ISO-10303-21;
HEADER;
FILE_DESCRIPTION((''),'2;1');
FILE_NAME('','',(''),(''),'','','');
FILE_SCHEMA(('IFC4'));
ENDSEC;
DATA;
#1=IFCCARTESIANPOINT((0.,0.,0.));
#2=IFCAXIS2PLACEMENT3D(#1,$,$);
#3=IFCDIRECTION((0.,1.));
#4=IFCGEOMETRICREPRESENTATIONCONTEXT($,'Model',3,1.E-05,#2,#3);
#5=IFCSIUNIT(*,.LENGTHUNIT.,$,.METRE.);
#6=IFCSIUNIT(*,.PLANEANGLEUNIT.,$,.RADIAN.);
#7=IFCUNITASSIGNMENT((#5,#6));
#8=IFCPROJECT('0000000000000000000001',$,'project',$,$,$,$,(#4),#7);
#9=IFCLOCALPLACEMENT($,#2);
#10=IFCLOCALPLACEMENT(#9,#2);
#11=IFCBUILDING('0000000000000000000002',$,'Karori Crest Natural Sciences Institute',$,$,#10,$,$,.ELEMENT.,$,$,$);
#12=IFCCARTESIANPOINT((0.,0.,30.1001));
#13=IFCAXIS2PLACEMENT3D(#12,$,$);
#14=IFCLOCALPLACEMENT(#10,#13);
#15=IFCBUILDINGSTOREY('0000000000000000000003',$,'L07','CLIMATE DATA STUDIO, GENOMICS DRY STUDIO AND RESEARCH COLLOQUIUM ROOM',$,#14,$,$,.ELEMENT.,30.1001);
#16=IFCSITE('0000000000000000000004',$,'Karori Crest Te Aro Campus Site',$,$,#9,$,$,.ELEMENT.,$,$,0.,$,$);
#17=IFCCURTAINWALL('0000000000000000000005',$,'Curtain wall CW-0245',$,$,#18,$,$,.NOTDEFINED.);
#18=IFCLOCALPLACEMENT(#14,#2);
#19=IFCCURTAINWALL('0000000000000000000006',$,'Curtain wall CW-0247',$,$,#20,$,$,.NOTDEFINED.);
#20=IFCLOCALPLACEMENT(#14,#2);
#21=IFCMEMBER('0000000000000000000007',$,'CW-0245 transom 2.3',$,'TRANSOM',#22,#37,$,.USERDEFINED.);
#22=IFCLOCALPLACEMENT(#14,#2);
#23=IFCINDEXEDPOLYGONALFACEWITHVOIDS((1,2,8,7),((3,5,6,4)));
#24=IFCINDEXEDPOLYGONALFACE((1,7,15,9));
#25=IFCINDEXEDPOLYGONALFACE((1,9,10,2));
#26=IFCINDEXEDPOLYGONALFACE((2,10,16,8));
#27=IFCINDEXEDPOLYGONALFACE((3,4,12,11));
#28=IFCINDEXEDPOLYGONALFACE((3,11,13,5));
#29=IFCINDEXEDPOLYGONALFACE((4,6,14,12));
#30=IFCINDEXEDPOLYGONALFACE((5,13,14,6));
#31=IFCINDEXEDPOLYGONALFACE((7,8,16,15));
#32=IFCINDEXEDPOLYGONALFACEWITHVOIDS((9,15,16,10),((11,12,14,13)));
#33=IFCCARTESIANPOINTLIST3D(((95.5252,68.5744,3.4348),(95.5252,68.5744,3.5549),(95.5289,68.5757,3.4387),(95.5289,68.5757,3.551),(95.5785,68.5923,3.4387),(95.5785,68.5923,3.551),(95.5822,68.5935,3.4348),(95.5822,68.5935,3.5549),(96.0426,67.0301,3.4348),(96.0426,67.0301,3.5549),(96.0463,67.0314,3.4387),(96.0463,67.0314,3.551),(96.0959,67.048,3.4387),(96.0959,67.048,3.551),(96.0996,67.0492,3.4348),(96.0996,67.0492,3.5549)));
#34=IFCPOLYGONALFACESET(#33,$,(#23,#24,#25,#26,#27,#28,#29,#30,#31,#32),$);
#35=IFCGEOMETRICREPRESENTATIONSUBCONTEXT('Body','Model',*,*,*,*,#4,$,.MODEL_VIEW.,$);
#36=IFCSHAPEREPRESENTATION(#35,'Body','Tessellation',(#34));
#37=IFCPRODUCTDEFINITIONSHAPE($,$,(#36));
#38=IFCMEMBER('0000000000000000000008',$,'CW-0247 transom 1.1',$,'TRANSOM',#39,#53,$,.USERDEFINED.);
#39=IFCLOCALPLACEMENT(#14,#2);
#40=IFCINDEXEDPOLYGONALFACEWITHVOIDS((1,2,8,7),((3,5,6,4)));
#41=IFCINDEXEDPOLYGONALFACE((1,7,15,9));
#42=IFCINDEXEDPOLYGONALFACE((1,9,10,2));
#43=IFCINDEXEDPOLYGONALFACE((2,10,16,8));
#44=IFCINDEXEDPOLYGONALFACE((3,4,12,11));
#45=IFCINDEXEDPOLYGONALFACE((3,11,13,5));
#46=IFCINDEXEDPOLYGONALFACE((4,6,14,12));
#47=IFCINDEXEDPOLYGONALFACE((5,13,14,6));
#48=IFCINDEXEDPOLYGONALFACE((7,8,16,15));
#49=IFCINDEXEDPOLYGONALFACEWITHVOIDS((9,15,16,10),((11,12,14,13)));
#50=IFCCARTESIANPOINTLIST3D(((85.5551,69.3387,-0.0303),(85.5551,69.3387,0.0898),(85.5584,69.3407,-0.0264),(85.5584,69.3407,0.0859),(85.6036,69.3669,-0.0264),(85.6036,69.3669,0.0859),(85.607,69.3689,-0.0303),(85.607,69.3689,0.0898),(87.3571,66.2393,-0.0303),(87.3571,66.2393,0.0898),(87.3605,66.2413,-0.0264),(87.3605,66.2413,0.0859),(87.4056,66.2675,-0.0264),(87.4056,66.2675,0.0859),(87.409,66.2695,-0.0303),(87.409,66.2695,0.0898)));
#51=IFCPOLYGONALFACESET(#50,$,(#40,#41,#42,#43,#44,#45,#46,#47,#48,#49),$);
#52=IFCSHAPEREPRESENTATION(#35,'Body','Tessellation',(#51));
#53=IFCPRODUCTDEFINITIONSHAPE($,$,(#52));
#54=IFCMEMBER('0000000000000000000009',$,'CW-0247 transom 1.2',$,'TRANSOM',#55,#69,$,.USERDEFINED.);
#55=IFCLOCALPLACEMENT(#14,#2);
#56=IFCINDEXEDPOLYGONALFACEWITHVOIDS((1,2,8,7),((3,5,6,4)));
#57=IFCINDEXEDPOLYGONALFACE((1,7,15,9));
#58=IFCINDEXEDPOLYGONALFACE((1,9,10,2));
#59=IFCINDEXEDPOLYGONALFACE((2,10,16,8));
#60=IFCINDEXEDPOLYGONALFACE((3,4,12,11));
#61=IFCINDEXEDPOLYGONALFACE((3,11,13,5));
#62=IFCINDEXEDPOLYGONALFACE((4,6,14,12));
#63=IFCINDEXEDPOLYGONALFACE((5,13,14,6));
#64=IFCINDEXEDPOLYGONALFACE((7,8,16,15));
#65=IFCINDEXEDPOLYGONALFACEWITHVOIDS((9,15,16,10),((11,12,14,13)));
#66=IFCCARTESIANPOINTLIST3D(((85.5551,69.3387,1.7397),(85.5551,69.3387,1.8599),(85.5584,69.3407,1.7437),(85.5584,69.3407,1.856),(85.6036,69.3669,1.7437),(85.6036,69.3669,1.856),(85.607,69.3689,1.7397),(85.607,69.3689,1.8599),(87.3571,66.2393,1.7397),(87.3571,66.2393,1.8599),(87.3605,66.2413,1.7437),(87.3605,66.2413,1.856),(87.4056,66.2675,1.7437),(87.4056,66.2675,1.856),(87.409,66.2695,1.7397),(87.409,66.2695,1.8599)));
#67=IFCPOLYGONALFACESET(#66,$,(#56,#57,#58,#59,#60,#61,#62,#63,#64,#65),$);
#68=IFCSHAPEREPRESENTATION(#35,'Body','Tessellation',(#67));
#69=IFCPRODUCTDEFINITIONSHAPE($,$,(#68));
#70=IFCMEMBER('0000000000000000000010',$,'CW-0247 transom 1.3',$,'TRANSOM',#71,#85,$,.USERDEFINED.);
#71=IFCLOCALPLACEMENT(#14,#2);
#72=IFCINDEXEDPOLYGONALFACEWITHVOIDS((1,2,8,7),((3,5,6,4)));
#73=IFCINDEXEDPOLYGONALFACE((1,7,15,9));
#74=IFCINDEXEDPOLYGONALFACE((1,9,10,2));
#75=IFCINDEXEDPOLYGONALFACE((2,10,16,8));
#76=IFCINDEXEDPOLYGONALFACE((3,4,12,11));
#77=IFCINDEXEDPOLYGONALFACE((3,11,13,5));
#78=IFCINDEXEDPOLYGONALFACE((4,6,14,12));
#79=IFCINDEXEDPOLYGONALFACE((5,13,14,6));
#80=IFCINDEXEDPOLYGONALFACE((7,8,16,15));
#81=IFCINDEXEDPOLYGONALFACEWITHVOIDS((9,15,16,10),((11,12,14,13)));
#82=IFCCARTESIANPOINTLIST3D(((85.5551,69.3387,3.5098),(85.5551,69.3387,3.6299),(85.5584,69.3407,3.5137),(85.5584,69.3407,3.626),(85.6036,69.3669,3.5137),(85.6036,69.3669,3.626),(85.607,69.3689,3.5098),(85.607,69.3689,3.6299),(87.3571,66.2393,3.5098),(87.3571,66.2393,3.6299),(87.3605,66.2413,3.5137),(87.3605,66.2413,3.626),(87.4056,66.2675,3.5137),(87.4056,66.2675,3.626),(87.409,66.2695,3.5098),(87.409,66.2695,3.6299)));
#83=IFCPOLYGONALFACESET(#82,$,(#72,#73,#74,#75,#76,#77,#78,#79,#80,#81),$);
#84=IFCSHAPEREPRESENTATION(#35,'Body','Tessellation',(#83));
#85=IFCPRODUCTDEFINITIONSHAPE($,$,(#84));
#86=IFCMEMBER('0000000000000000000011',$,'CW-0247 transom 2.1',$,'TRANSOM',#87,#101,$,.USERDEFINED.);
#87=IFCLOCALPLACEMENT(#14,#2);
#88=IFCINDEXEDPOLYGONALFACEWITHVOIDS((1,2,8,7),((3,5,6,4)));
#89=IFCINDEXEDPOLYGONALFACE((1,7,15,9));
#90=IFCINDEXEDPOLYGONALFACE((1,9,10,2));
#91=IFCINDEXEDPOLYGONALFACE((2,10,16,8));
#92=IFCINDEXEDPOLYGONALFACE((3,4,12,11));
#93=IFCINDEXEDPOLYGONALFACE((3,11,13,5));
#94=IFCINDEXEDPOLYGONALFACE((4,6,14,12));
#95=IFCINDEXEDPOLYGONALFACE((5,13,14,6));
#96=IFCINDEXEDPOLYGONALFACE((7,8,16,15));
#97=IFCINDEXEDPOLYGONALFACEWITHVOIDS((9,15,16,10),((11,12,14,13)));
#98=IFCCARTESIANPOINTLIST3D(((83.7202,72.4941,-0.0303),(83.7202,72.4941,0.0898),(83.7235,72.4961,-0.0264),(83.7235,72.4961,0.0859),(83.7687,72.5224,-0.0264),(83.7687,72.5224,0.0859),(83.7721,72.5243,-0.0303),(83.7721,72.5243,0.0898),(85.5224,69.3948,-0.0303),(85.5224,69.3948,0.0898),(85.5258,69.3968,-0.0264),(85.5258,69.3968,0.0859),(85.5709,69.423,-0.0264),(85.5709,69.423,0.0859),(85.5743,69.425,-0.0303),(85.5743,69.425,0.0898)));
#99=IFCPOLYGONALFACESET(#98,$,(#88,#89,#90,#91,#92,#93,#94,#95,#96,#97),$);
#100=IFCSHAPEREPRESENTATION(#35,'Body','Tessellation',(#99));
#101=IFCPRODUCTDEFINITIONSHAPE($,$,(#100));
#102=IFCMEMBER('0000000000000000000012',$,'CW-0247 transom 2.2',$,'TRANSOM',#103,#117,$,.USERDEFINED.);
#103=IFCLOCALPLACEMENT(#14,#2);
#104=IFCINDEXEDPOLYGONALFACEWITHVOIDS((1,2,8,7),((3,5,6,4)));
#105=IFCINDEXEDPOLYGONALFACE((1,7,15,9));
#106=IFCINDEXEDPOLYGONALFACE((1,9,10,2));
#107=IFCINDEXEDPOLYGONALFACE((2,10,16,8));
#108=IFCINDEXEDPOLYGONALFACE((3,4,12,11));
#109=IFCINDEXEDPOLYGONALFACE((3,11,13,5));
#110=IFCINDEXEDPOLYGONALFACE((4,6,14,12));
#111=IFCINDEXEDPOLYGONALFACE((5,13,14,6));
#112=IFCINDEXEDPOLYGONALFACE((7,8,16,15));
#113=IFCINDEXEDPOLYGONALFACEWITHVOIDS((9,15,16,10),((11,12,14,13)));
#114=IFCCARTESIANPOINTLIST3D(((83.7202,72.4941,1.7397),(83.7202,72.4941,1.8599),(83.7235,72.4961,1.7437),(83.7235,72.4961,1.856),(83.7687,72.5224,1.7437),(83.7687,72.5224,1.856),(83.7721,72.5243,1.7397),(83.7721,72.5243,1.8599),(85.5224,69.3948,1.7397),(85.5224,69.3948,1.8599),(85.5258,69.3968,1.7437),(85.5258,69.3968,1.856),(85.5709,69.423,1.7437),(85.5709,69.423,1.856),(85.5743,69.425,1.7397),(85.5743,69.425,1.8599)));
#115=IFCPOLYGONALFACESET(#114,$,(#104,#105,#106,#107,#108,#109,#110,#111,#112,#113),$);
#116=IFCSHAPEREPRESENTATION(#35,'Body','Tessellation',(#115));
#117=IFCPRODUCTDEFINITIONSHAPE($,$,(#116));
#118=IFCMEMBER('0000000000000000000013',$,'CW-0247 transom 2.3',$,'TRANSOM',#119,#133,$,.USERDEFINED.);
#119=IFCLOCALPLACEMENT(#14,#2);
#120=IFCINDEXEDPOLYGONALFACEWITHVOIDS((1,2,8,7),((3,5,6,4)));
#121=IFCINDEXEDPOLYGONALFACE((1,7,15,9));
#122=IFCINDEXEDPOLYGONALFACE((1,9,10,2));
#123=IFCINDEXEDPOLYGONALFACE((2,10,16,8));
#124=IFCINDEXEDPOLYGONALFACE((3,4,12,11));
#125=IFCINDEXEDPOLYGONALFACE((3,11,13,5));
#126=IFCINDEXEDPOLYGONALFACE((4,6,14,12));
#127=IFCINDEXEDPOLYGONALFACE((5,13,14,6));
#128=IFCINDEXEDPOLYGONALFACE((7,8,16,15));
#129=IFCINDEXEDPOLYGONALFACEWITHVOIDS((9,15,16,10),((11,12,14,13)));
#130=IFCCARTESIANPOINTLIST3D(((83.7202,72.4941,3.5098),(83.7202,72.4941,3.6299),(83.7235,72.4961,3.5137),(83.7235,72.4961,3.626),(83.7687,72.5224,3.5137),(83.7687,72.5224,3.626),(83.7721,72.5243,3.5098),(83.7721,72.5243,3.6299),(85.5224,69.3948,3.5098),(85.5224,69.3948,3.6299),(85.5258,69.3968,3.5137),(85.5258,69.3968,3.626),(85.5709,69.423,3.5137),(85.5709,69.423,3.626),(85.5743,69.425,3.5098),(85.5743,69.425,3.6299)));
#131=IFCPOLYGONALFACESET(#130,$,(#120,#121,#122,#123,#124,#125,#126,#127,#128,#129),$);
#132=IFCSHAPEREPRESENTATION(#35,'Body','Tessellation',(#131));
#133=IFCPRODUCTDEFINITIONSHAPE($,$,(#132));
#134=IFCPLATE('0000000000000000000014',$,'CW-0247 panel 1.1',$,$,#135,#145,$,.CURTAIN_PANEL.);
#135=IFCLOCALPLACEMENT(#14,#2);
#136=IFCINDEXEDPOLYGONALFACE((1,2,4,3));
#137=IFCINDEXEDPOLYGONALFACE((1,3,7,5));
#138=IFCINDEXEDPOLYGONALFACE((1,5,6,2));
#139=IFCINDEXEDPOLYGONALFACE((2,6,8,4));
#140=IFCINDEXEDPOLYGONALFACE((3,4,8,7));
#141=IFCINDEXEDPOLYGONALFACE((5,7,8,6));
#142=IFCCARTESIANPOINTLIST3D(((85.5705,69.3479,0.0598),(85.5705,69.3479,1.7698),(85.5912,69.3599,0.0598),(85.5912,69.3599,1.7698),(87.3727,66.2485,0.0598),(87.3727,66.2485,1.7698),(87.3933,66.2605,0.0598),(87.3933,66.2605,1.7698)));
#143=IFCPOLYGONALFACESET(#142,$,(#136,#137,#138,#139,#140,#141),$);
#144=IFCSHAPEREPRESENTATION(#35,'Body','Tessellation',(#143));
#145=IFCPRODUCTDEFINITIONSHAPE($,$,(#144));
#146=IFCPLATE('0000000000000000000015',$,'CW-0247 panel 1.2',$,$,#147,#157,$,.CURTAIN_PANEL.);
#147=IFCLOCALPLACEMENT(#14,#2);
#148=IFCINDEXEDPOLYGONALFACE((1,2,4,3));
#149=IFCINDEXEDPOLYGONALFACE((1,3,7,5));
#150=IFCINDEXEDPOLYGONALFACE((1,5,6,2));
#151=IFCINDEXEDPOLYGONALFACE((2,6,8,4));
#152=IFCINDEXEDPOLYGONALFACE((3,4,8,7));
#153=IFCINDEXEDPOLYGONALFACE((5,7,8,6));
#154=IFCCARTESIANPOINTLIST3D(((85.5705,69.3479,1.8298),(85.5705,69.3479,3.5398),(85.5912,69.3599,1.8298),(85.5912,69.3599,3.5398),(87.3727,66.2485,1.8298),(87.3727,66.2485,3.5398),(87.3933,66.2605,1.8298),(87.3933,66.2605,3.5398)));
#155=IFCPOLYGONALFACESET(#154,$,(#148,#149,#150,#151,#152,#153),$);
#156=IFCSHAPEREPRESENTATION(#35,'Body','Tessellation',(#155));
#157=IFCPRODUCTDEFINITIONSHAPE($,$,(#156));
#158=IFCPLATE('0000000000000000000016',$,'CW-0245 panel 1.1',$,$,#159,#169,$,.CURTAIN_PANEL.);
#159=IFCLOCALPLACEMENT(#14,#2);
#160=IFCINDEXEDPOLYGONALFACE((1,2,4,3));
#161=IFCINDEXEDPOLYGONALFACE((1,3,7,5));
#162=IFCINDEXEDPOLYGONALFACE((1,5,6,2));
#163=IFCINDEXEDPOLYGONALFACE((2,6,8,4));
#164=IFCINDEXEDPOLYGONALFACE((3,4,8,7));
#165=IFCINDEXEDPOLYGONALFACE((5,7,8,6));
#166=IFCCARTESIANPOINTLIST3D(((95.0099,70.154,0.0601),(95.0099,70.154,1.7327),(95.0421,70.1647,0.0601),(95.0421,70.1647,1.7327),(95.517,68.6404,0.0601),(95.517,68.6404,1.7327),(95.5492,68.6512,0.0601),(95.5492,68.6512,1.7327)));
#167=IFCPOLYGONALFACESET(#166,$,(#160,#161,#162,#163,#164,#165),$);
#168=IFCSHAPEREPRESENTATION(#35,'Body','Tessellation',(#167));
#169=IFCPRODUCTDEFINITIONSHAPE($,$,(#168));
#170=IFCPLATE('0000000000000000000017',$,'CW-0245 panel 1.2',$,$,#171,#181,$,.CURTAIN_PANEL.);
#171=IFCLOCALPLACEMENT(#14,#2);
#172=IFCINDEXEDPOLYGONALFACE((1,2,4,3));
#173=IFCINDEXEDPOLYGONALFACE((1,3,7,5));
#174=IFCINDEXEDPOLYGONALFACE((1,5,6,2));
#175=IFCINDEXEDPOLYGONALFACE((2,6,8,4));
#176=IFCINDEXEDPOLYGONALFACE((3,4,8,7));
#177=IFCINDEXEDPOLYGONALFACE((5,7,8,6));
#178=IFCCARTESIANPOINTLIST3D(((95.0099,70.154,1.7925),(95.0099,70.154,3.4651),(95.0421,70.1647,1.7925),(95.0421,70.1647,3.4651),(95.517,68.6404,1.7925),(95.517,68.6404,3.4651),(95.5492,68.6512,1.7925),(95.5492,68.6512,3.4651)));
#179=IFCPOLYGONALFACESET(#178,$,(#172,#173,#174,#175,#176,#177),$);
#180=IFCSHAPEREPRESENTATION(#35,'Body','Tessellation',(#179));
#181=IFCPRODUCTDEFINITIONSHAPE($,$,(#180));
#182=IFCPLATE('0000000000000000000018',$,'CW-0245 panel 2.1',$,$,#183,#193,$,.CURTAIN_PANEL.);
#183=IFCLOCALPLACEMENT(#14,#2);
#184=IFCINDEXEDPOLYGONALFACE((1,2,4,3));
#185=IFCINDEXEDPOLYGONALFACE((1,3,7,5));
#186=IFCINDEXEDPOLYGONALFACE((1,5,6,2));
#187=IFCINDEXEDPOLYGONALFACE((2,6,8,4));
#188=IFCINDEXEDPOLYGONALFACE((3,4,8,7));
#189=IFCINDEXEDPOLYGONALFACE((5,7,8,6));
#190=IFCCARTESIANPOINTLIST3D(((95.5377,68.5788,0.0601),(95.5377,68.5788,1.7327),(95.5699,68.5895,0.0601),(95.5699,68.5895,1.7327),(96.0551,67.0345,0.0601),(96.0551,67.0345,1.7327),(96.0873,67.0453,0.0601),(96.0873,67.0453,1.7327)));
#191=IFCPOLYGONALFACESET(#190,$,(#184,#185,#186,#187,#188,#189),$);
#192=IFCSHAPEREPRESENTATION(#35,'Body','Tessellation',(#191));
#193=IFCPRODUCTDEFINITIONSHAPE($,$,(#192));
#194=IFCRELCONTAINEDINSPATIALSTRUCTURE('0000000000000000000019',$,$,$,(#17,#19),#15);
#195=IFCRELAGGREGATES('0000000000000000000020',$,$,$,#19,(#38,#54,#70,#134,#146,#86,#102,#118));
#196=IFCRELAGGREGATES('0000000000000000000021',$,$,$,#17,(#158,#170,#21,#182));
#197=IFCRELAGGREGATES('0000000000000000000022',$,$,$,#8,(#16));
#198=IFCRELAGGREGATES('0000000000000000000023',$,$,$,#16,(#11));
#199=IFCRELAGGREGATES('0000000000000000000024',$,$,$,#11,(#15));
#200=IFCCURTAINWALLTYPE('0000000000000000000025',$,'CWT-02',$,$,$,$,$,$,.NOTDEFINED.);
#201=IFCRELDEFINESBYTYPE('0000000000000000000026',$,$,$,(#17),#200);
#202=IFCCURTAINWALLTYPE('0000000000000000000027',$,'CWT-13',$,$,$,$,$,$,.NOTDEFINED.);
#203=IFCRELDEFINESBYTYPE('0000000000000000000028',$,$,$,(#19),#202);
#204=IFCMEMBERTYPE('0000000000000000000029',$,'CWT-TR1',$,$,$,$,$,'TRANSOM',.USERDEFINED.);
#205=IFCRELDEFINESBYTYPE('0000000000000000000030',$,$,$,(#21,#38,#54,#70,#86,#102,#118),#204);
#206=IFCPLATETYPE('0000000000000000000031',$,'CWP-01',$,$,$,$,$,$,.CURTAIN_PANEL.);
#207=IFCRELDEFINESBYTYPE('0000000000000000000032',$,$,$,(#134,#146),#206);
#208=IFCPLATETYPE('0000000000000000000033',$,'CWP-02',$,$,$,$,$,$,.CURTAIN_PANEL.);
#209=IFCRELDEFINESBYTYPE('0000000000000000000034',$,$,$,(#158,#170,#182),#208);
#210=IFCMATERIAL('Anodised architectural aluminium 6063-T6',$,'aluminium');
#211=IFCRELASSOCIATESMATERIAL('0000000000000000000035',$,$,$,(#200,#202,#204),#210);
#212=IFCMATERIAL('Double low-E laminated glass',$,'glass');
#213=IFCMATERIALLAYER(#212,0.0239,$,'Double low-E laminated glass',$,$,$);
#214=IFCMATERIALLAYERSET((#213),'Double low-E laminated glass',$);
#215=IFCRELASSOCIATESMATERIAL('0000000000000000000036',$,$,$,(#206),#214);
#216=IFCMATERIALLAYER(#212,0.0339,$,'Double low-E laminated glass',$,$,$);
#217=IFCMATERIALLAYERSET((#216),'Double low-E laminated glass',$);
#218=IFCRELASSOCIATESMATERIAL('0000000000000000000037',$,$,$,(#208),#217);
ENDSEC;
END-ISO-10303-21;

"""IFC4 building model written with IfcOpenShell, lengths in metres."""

from ifc_helpers import new_model, si_unit, direction, frame, origin, origin_2d, place, context, subcontext, project, spatial, rectangle, hollow_rectangle, extrude, material, layer, layer_set, material_profile, profile_set, type_object, element, aggregate, save


model = new_model("IFC4")

# Units and contexts
model_context = context("Model", 3, precision=1e-05, world=origin(), true_north=direction((0.0, 1.0)))
body_context = subcontext(model_context, "Body", "Model", "MODEL_VIEW")
ifc_project = project(units=[si_unit("LENGTHUNIT", "METRE"), si_unit("PLANEANGLEUNIT", "RADIAN")], contexts=[model_context])

# Site, building, storey
site_placement = place(None, origin())
site = spatial("IfcSite", under=ifc_project, at=site_placement, Name="Karori Crest Te Aro Campus Site", CompositionType="ELEMENT", RefElevation=0.0)
building_placement = place(site_placement, origin())
building = spatial("IfcBuilding", under=site, at=building_placement, Name="Karori Crest Natural Sciences Institute", CompositionType="ELEMENT")
storey_placement = place(building_placement, frame((0.0, 0.0, 30.1001)))
storey = spatial("IfcBuildingStorey", under=building, at=storey_placement, Name="L07", Description="CLIMATE DATA STUDIO, GENOMICS DRY STUDIO AND RESEARCH COLLOQUIUM ROOM", CompositionType="ELEMENT", Elevation=30.1001)

# Curtain wall
ifc_material_1 = material(Name="Anodised architectural aluminium 6063-T6", Category="aluminium")
curtain_wall_type_1 = type_object("IfcCurtainWallType", Name="CWT-02", PredefinedType="NOTDEFINED", material=ifc_material_1)
curtain_wall_1_placement = place(storey_placement, origin())
curtain_wall_1 = element("IfcCurtainWall", 1, at=curtain_wall_1_placement, inside=storey, type_object=curtain_wall_type_1, Name="Curtain wall CW-0245", PredefinedType="NOTDEFINED")

# Curtain wall
curtain_wall_type_2 = type_object("IfcCurtainWallType", Name="CWT-13", PredefinedType="NOTDEFINED", material=ifc_material_1)
curtain_wall_2_placement = place(storey_placement, origin())
curtain_wall_2 = element("IfcCurtainWall", 2, at=curtain_wall_2_placement, inside=storey, type_object=curtain_wall_type_2, Name="Curtain wall CW-0247", PredefinedType="NOTDEFINED")

# Members
ifc_material_profile_1 = material_profile(ifc_material_1, hollow_rectangle(XDim=0.0601, YDim=0.1201, WallThickness=0.0039, at=origin_2d()), Name="CWT120x60x4")
ifc_profile_set_1 = profile_set([ifc_material_profile_1], Name="Anodised architectural aluminium 6063-T6")
member_type_1 = type_object("IfcMemberType", Name="CWT-TR1", ElementType="TRANSOM", PredefinedType="USERDEFINED", material=ifc_profile_set_1)
member_1_placement = place(storey_placement, frame((95.5537, 68.584, 3.4949), z_axis=(0.317667, -0.948202, 0.0), x_axis=(0.948202, 0.317667, 0.0)))
member_1 = element("IfcMember", 3, at=member_1_placement, type_object=member_type_1, Name="CW-0245 transom 2.3", ObjectType="TRANSOM", PredefinedType="USERDEFINED", context=body_context, shape_type="SweptSolid", body=[
    extrude(hollow_rectangle(XDim=0.0601, YDim=0.1201, WallThickness=0.0039, at=origin_2d()), origin(), (0.0, 0.0, 1.0), 1.6287),
])
member_2_placement = place(storey_placement, frame((87.3831, 66.2544, 0.0298), z_axis=(-0.50263, 0.864502, 0.0), x_axis=(-0.864502, -0.50263, 0.0)))
member_2 = element("IfcMember", 4, at=member_2_placement, type_object=member_type_1, Name="CW-0247 transom 1.1", ObjectType="TRANSOM", PredefinedType="USERDEFINED", context=body_context, shape_type="SweptSolid", body=[
    extrude(hollow_rectangle(XDim=0.0601, YDim=0.1201, WallThickness=0.0039, at=origin_2d()), origin(), (0.0, 0.0, 1.0), 3.5852),
])
member_3_placement = place(storey_placement, frame((87.3831, 66.2544, 1.7998), z_axis=(-0.50263, 0.864502, 0.0), x_axis=(-0.864502, -0.50263, 0.0)))
member_3 = element("IfcMember", 5, at=member_3_placement, type_object=member_type_1, Name="CW-0247 transom 1.2", ObjectType="TRANSOM", PredefinedType="USERDEFINED", context=body_context, shape_type="SweptSolid", body=[
    extrude(hollow_rectangle(XDim=0.0601, YDim=0.1201, WallThickness=0.0039, at=origin_2d()), origin(), (0.0, 0.0, 1.0), 3.5852),
])
member_4_placement = place(storey_placement, frame((87.3831, 66.2544, 3.5698), z_axis=(-0.50263, 0.864502, 0.0), x_axis=(-0.864502, -0.50263, 0.0)))
member_4 = element("IfcMember", 6, at=member_4_placement, type_object=member_type_1, Name="CW-0247 transom 1.3", ObjectType="TRANSOM", PredefinedType="USERDEFINED", context=body_context, shape_type="SweptSolid", body=[
    extrude(hollow_rectangle(XDim=0.0601, YDim=0.1201, WallThickness=0.0039, at=origin_2d()), origin(), (0.0, 0.0, 1.0), 3.5852),
])
member_5_placement = place(storey_placement, frame((85.5483, 69.4099, 0.0298), z_axis=(-0.502681, 0.864472, 0.0), x_axis=(-0.864472, -0.502681, 0.0)))
member_5 = element("IfcMember", 7, at=member_5_placement, type_object=member_type_1, Name="CW-0247 transom 2.1", ObjectType="TRANSOM", PredefinedType="USERDEFINED", context=body_context, shape_type="SweptSolid", body=[
    extrude(hollow_rectangle(XDim=0.0601, YDim=0.1201, WallThickness=0.0039, at=origin_2d()), origin(), (0.0, 0.0, 1.0), 3.5852),
])
member_6_placement = place(storey_placement, frame((85.5483, 69.4099, 1.7998), z_axis=(-0.502681, 0.864472, 0.0), x_axis=(-0.864472, -0.502681, 0.0)))
member_6 = element("IfcMember", 8, at=member_6_placement, type_object=member_type_1, Name="CW-0247 transom 2.2", ObjectType="TRANSOM", PredefinedType="USERDEFINED", context=body_context, shape_type="SweptSolid", body=[
    extrude(hollow_rectangle(XDim=0.0601, YDim=0.1201, WallThickness=0.0039, at=origin_2d()), origin(), (0.0, 0.0, 1.0), 3.5852),
])
member_7_placement = place(storey_placement, frame((85.5483, 69.4099, 3.5698), z_axis=(-0.502681, 0.864472, 0.0), x_axis=(-0.864472, -0.502681, 0.0)))
member_7 = element("IfcMember", 9, at=member_7_placement, type_object=member_type_1, Name="CW-0247 transom 2.3", ObjectType="TRANSOM", PredefinedType="USERDEFINED", context=body_context, shape_type="SweptSolid", body=[
    extrude(hollow_rectangle(XDim=0.0601, YDim=0.1201, WallThickness=0.0039, at=origin_2d()), origin(), (0.0, 0.0, 1.0), 3.5852),
])

# Plates
ifc_material_2 = material(Name="Double low-E laminated glass", Category="glass")
ifc_layer_1 = layer(ifc_material_2, 0.0239, Name="Double low-E laminated glass")
ifc_layer_set_1 = layer_set([ifc_layer_1], Name="Double low-E laminated glass")
plate_type_1 = type_object("IfcPlateType", Name="CWP-01", PredefinedType="CURTAIN_PANEL", material=ifc_layer_set_1)
plate_1_placement = place(storey_placement, frame((86.4819, 67.8042, 0.0598), z_axis=(0.0, 0.0, 1.0), x_axis=(-0.502655, 0.864487, 0.0)))
plate_1 = element("IfcPlate", 10, at=plate_1_placement, type_object=plate_type_1, Name="CW-0247 panel 1.1", PredefinedType="CURTAIN_PANEL", context=body_context, shape_type="SweptSolid", body=[
    extrude(rectangle(XDim=3.5852, YDim=0.0239, at=origin_2d()), origin(), (0.0, 0.0, 1.0), 1.71),
])
plate_2_placement = place(storey_placement, frame((86.4819, 67.8042, 1.8298), z_axis=(0.0, 0.0, 1.0), x_axis=(-0.502655, 0.864487, 0.0)))
plate_2 = element("IfcPlate", 11, at=plate_2_placement, type_object=plate_type_1, Name="CW-0247 panel 1.2", PredefinedType="CURTAIN_PANEL", context=body_context, shape_type="SweptSolid", body=[
    extrude(rectangle(XDim=3.5852, YDim=0.0239, at=origin_2d()), origin(), (0.0, 0.0, 1.0), 1.71),
])
aggregate(curtain_wall_2, [member_2, member_3, member_4, plate_1, plate_2, member_5, member_6, member_7])
ifc_layer_2 = layer(ifc_material_2, 0.0339, Name="Double low-E laminated glass")
ifc_layer_set_2 = layer_set([ifc_layer_2], Name="Double low-E laminated glass")
plate_type_2 = type_object("IfcPlateType", Name="CWP-02", PredefinedType="CURTAIN_PANEL", material=ifc_layer_set_2)
plate_3_placement = place(storey_placement, frame((95.2795, 69.4026, 0.0601), z_axis=(0.0, 0.0, 1.0), x_axis=(0.31768, -0.948198, 0.0)))
plate_3 = element("IfcPlate", 12, at=plate_3_placement, type_object=plate_type_2, Name="CW-0245 panel 1.1", PredefinedType="CURTAIN_PANEL", context=body_context, shape_type="SweptSolid", body=[
    extrude(rectangle(XDim=1.5962, YDim=0.0339, at=origin_2d()), origin(), (0.0, 0.0, 1.0), 1.6726),
])
plate_4_placement = place(storey_placement, frame((95.2795, 69.4026, 1.7925), z_axis=(0.0, 0.0, 1.0), x_axis=(0.31768, -0.948198, 0.0)))
plate_4 = element("IfcPlate", 13, at=plate_4_placement, type_object=plate_type_2, Name="CW-0245 panel 1.2", PredefinedType="CURTAIN_PANEL", context=body_context, shape_type="SweptSolid", body=[
    extrude(rectangle(XDim=1.5962, YDim=0.0339, at=origin_2d()), origin(), (0.0, 0.0, 1.0), 1.6726),
])
plate_5_placement = place(storey_placement, frame((95.8125, 67.812, 0.0601), z_axis=(0.0, 0.0, 1.0), x_axis=(0.31768, -0.948198, 0.0)))
plate_5 = element("IfcPlate", 14, at=plate_5_placement, type_object=plate_type_2, Name="CW-0245 panel 2.1", PredefinedType="CURTAIN_PANEL", context=body_context, shape_type="SweptSolid", body=[
    extrude(rectangle(XDim=1.6287, YDim=0.0339, at=origin_2d()), origin(), (0.0, 0.0, 1.0), 1.6726),
])
aggregate(curtain_wall_1, [plate_3, plate_4, member_1, plate_5])

save(model, "model.ifc")
